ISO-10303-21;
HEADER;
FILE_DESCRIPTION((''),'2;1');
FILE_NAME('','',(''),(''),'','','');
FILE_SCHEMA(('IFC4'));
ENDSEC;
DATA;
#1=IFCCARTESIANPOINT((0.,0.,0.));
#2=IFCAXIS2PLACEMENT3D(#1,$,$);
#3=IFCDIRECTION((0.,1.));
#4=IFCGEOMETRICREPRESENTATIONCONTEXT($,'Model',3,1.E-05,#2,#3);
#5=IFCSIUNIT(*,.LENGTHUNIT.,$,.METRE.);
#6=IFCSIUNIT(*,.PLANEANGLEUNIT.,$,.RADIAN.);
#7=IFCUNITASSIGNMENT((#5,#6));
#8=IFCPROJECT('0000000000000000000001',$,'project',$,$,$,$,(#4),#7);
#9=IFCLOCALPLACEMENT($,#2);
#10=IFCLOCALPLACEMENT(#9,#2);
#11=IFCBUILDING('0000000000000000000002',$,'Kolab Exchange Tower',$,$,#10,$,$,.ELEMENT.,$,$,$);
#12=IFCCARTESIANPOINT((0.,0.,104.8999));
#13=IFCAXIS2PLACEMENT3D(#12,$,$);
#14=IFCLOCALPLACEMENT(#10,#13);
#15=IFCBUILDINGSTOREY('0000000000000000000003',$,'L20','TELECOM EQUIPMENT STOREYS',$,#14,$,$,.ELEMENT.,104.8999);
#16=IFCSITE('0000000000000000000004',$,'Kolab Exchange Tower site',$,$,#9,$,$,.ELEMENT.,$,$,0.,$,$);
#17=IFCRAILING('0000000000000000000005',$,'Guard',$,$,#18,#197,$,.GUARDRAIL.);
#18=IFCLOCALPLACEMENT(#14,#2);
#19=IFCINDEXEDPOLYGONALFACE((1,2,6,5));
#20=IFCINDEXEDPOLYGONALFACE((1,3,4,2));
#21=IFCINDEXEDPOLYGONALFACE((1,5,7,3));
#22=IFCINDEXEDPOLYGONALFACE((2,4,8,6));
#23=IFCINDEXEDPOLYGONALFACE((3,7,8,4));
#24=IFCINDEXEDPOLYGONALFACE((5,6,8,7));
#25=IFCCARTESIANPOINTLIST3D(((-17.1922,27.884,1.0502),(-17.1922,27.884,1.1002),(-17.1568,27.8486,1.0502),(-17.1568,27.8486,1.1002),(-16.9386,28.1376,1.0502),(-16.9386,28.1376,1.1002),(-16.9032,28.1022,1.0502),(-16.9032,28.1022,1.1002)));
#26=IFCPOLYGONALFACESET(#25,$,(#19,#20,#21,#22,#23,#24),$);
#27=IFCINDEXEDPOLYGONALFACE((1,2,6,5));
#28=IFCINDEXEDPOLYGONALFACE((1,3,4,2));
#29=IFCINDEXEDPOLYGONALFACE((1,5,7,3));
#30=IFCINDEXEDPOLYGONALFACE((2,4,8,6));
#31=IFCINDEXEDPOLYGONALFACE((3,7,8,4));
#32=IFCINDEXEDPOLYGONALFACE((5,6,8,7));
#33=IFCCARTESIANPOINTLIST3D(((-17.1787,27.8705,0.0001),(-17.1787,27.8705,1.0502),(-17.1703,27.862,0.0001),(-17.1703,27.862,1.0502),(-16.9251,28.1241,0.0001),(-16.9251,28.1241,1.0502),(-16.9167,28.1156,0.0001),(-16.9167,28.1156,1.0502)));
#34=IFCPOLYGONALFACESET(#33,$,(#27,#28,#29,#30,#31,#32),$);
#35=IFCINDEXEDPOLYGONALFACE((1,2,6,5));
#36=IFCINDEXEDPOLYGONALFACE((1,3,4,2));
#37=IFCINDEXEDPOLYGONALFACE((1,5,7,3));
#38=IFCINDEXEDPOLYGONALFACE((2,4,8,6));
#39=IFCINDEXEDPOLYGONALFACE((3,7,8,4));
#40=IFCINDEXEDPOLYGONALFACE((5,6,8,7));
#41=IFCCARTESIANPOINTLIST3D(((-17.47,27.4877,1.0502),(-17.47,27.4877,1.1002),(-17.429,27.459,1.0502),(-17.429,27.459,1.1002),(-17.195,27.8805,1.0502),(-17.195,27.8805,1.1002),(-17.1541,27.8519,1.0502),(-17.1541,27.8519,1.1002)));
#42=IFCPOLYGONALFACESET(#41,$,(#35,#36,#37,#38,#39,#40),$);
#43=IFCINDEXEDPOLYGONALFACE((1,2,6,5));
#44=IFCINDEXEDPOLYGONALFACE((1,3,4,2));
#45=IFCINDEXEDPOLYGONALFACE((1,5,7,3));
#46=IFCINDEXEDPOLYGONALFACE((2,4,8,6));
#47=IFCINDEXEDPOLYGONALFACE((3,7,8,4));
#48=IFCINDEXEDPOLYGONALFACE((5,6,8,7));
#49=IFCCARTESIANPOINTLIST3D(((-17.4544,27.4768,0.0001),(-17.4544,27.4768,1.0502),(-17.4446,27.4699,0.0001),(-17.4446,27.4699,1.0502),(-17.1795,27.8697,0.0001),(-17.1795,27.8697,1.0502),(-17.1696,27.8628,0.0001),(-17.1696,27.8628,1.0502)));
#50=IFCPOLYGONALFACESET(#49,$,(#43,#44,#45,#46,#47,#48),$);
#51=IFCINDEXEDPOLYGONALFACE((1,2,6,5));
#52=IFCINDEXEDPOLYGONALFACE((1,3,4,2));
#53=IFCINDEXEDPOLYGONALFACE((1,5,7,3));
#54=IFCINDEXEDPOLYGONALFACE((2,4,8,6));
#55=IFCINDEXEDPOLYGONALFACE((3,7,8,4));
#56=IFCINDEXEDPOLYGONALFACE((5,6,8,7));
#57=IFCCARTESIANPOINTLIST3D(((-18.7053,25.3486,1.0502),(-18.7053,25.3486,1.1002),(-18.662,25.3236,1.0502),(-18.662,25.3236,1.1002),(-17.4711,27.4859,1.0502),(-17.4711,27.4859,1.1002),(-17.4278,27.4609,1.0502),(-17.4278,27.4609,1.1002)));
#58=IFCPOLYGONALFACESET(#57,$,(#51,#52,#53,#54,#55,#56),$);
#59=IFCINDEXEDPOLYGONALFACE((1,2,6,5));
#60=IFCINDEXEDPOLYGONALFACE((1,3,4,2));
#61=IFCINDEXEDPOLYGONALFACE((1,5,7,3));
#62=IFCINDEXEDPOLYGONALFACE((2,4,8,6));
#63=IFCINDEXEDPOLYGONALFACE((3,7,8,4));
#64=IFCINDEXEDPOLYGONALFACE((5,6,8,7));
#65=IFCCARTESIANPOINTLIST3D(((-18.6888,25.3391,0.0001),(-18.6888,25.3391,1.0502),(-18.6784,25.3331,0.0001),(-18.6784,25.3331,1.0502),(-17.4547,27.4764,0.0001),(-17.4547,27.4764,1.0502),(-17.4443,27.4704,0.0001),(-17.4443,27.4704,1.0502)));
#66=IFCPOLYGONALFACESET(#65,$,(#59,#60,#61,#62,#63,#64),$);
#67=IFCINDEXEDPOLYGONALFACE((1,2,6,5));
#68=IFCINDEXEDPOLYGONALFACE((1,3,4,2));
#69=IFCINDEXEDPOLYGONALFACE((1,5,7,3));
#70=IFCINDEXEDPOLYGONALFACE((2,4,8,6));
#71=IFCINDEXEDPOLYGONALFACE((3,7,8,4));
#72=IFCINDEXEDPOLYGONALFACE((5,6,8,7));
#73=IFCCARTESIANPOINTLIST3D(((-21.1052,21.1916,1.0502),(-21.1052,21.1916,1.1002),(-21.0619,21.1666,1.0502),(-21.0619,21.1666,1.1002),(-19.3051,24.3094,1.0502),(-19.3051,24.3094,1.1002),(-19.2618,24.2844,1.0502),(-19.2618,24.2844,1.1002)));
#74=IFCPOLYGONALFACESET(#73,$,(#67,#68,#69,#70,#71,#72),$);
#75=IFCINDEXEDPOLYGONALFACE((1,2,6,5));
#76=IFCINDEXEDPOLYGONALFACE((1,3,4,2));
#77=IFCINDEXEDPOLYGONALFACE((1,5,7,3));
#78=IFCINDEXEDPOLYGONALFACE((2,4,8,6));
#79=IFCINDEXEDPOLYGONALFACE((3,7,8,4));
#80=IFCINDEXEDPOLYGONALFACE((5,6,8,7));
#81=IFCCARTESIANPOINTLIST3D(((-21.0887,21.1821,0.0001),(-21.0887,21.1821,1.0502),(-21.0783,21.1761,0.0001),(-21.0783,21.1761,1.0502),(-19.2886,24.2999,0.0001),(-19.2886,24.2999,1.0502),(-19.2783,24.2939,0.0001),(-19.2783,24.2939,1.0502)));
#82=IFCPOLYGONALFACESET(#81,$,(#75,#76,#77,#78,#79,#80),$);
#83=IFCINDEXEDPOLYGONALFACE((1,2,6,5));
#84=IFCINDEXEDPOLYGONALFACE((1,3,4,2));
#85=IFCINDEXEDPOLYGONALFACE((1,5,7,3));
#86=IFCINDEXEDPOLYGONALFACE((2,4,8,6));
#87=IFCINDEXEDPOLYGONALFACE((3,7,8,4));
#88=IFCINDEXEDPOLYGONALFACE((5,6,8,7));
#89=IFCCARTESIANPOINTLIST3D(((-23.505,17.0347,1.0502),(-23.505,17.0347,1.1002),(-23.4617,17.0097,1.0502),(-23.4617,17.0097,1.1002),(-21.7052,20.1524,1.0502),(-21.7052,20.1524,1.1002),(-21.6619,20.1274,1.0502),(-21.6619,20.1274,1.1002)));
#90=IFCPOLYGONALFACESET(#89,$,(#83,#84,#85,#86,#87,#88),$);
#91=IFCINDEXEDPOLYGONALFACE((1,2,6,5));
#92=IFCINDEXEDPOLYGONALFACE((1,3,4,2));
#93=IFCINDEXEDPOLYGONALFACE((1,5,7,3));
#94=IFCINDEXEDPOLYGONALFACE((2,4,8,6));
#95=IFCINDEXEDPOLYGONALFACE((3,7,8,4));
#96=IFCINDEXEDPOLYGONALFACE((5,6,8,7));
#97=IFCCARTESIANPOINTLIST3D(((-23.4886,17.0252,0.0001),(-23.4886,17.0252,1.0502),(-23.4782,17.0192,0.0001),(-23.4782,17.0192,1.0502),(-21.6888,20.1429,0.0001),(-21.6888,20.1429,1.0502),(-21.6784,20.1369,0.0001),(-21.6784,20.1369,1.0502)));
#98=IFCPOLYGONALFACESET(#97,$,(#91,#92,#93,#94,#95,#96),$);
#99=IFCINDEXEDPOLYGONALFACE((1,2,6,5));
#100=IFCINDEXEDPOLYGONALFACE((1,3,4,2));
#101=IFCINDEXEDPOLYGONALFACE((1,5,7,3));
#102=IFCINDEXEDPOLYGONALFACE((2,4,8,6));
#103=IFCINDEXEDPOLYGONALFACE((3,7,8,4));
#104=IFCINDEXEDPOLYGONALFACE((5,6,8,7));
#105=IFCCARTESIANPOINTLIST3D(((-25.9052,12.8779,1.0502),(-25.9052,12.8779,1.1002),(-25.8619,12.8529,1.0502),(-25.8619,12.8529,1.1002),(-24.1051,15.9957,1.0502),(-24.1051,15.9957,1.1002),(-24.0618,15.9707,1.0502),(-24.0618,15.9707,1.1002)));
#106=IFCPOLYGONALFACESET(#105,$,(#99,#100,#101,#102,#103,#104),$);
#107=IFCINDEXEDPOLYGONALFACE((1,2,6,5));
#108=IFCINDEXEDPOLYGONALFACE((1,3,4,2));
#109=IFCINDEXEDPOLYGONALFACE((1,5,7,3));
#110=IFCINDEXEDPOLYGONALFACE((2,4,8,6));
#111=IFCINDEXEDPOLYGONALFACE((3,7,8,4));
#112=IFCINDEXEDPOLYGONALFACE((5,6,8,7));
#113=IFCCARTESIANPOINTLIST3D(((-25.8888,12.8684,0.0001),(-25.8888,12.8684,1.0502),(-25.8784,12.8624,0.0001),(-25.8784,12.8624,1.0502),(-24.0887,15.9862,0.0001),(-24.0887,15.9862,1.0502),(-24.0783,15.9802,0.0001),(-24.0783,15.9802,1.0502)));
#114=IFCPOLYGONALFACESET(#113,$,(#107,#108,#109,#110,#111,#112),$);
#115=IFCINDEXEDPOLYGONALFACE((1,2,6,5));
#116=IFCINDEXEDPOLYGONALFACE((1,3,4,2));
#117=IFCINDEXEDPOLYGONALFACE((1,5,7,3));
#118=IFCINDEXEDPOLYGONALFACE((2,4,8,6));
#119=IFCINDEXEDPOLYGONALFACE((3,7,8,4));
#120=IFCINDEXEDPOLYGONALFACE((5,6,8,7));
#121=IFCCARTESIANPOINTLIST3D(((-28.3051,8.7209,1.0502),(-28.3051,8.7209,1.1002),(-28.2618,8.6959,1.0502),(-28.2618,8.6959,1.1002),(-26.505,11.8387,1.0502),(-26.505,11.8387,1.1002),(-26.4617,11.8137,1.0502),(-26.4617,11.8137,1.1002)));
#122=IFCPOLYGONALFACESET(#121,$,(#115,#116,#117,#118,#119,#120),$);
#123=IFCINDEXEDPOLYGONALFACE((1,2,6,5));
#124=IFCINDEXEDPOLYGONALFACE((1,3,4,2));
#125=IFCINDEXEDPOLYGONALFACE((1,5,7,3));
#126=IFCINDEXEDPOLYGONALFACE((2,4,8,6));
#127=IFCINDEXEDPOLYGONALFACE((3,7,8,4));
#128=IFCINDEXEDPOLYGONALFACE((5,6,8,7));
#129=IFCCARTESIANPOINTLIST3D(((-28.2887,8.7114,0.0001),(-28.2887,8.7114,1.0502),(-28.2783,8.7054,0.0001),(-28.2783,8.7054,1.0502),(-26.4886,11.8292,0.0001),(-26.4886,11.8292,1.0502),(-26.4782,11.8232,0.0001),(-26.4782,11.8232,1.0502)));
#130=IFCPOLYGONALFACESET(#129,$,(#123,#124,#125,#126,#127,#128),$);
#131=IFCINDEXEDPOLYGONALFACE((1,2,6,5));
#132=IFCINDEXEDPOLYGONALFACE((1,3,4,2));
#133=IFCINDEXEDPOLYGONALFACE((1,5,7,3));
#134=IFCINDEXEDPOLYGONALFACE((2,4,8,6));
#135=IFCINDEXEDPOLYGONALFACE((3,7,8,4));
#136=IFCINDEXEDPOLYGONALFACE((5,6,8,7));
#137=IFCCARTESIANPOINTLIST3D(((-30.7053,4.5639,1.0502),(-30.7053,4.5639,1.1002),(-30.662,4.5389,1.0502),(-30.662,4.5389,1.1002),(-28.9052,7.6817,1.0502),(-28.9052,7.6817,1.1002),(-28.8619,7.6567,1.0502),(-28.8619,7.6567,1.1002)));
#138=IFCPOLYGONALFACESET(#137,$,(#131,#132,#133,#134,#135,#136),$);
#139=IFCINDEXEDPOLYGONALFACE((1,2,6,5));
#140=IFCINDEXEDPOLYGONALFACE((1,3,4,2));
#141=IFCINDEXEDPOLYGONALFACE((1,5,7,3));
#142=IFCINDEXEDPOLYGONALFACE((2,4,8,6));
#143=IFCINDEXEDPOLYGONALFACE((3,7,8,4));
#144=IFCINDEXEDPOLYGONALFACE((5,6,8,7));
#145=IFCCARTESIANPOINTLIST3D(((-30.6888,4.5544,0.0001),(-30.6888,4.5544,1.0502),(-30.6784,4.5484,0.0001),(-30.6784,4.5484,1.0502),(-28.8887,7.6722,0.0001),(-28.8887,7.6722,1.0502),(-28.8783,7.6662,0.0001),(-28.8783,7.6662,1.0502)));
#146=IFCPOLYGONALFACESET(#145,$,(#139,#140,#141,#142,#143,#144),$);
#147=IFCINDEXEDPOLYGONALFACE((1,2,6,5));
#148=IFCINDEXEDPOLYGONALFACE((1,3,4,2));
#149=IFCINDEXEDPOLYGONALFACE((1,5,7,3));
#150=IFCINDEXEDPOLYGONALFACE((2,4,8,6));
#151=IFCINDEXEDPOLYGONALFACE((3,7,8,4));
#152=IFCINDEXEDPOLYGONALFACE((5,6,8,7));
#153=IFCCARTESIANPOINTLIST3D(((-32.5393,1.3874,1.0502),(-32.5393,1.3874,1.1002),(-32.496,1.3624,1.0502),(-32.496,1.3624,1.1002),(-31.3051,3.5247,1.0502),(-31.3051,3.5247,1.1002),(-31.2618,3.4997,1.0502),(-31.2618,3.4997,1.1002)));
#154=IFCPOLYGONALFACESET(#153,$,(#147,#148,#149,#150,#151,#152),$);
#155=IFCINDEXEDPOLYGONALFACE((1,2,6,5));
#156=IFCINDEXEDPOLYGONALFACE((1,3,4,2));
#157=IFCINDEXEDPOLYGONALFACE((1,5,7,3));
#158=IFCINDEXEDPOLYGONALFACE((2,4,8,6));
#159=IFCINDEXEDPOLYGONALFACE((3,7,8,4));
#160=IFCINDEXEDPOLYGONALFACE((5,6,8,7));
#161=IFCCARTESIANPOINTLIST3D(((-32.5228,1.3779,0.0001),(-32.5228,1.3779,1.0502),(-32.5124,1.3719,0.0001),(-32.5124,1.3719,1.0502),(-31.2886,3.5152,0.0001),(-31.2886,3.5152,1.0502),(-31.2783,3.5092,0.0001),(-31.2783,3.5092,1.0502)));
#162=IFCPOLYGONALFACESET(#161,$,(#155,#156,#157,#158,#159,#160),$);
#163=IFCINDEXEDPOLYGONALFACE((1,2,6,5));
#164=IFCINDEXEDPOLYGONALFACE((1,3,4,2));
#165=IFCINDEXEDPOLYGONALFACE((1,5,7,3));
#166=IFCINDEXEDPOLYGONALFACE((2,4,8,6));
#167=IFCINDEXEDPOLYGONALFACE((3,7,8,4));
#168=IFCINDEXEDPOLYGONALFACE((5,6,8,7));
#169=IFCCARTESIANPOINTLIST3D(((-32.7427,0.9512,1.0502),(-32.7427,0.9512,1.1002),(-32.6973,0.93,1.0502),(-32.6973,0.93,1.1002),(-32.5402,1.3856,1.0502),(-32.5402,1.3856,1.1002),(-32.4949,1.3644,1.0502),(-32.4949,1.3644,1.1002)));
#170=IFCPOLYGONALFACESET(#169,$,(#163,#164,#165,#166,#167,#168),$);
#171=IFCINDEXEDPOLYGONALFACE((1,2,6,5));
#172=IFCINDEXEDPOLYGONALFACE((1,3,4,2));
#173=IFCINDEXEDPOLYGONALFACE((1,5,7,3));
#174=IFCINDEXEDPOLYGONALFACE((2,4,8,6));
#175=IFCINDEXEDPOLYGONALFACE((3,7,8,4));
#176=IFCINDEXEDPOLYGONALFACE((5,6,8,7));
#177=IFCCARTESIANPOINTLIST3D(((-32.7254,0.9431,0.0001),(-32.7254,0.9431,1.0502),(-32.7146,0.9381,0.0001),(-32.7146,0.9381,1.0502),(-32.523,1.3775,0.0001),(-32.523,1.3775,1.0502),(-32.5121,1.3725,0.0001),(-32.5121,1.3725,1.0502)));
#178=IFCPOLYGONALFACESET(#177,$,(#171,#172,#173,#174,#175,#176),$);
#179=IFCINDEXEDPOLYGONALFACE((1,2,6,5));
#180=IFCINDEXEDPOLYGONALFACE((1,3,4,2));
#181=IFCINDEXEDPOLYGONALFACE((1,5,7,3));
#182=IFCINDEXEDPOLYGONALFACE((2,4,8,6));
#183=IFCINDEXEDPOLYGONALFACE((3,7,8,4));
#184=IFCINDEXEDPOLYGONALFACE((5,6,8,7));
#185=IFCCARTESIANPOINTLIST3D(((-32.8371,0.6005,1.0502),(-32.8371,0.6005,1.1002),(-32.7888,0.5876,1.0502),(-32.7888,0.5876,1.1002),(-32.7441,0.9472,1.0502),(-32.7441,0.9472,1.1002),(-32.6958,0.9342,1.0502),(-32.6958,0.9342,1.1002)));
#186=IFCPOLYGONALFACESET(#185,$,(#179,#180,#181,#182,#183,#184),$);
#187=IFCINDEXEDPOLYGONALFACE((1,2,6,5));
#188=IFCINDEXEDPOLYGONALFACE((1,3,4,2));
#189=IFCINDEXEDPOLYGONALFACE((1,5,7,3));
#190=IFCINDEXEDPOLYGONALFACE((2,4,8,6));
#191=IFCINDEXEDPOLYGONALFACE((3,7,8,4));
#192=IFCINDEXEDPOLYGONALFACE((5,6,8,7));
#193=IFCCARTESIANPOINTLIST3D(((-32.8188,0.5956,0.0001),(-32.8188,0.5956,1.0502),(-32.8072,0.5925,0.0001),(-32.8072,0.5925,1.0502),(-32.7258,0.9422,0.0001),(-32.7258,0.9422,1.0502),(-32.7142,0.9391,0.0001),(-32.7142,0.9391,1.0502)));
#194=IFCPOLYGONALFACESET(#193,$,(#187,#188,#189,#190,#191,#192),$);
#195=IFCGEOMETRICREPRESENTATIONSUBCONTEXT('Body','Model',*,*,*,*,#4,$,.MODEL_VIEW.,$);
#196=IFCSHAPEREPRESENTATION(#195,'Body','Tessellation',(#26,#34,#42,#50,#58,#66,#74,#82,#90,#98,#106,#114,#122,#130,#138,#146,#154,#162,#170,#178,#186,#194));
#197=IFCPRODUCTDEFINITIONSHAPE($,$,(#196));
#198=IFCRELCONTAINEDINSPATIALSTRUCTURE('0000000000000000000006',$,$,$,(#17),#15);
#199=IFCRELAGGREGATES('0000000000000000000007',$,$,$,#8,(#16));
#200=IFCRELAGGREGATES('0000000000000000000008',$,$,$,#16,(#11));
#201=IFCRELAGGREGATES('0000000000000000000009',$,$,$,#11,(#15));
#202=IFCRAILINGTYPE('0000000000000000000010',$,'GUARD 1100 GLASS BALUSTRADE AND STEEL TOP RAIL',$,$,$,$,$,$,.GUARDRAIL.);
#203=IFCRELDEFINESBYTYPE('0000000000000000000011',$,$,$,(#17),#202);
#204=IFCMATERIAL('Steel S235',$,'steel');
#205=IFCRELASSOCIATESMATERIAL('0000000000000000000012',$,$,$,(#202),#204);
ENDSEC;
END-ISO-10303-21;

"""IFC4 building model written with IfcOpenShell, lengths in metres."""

from ifc_helpers import new_model, si_unit, direction, frame, frame_2d, origin, origin_2d, place, context, subcontext, project, spatial, rectangle, extrude, material, type_object, element, save


model = new_model("IFC4")

# Units and contexts
model_context = context("Model", 3, precision=1e-05, world=origin(), true_north=direction((0.0, 1.0)))
body_context = subcontext(model_context, "Body", "Model", "MODEL_VIEW")
ifc_project = project(units=[si_unit("LENGTHUNIT", "METRE"), si_unit("PLANEANGLEUNIT", "RADIAN")], contexts=[model_context])

# Site, building, storey
site_placement = place(None, origin())
site = spatial("IfcSite", under=ifc_project, at=site_placement, Name="Kolab Exchange Tower site", CompositionType="ELEMENT", RefElevation=0.0)
building_placement = place(site_placement, origin())
building = spatial("IfcBuilding", under=site, at=building_placement, Name="Kolab Exchange Tower", CompositionType="ELEMENT")
storey_placement = place(building_placement, frame((0.0, 0.0, 104.8999)))
storey = spatial("IfcBuildingStorey", under=building, at=storey_placement, Name="L20", Description="TELECOM EQUIPMENT STOREYS", CompositionType="ELEMENT", Elevation=104.8999)

# Railing
ifc_material_1 = material(Name="Steel S235", Category="steel")
railing_type = type_object("IfcRailingType", Name="GUARD 1100 GLASS BALUSTRADE AND STEEL TOP RAIL", PredefinedType="GUARDRAIL", material=ifc_material_1)
railing_placement = place(storey_placement, frame((-16.9209, 28.1199, 0.0)))
element("IfcRailing", 1, at=railing_placement, inside=storey, type_object=railing_type, Name="Guard", PredefinedType="GUARDRAIL", context=body_context, shape_type="SweptSolid", body=[
    extrude(rectangle(XDim=0.05, YDim=0.05, at=origin_2d()), frame((0.0, 0.0, 1.0752), z_axis=(-0.707107, -0.707107, 0.0), x_axis=(0.707107, -0.707107, 0.0)), (0.0, 0.0, 1.0), 0.3586),
    extrude(rectangle(XDim=0.012, YDim=1.0501, at=frame_2d((0.0, 0.5251))), frame((0.0, 0.0, 0.0), z_axis=(-0.707107, -0.707107, 0.0), x_axis=(0.707107, -0.707107, 0.0)), (0.0, 0.0, 1.0), 0.3586),
    extrude(rectangle(XDim=0.05, YDim=0.05, at=origin_2d()), frame((-0.2537, -0.2537, 1.0752), z_axis=(-0.57336, -0.819304, 0.0), x_axis=(0.819304, -0.57336, 0.0)), (0.0, 0.0, 1.0), 0.4795),
    extrude(rectangle(XDim=0.012, YDim=1.0501, at=frame_2d((0.0, 0.5251))), frame((-0.2537, -0.2537, 0.0), z_axis=(-0.57336, -0.819304, 0.0), x_axis=(0.819304, -0.57336, 0.0)), (0.0, 0.0, 1.0), 0.4795),
    extrude(rectangle(XDim=0.05, YDim=0.05, at=origin_2d()), frame((-0.5286, -0.6465, 1.0752), z_axis=(-0.500065, -0.865988, 0.0), x_axis=(0.865988, -0.500065, 0.0)), (0.0, 0.0, 1.0), 2.468),
    extrude(rectangle(XDim=0.012, YDim=1.0501, at=frame_2d((0.0, 0.5251))), frame((-0.5286, -0.6465, 0.0), z_axis=(-0.500065, -0.865988, 0.0), x_axis=(0.865988, -0.500065, 0.0)), (0.0, 0.0, 1.0), 2.468),
    extrude(rectangle(XDim=0.05, YDim=0.05, at=origin_2d()), frame((-2.3625, -3.823, 1.0752), z_axis=(-0.500012, -0.866018, 0.0), x_axis=(0.866018, -0.500012, 0.0)), (0.0, 0.0, 1.0), 3.6001),
    extrude(rectangle(XDim=0.012, YDim=1.0501, at=frame_2d((0.0, 0.5251))), frame((-2.3625, -3.823, 0.0), z_axis=(-0.500012, -0.866018, 0.0), x_axis=(0.866018, -0.500012, 0.0)), (0.0, 0.0, 1.0), 3.6001),
    extrude(rectangle(XDim=0.05, YDim=0.05, at=origin_2d()), frame((-4.7627, -7.98, 1.0752), z_axis=(-0.499961, -0.866048, 0.0), x_axis=(0.866048, -0.499961, 0.0)), (0.0, 0.0, 1.0), 3.5999),
    extrude(rectangle(XDim=0.012, YDim=1.0501, at=frame_2d((0.0, 0.5251))), frame((-4.7627, -7.98, 0.0), z_axis=(-0.499961, -0.866048, 0.0), x_axis=(0.866048, -0.499961, 0.0)), (0.0, 0.0, 1.0), 3.5999),
    extrude(rectangle(XDim=0.05, YDim=0.05, at=origin_2d()), frame((-7.1626, -12.1367, 1.0752), z_axis=(-0.500012, -0.866018, 0.0), x_axis=(0.866018, -0.500012, 0.0)), (0.0, 0.0, 1.0), 3.6001),
    extrude(rectangle(XDim=0.012, YDim=1.0501, at=frame_2d((0.0, 0.5251))), frame((-7.1626, -12.1367, 0.0), z_axis=(-0.500012, -0.866018, 0.0), x_axis=(0.866018, -0.500012, 0.0)), (0.0, 0.0, 1.0), 3.6001),
    extrude(rectangle(XDim=0.05, YDim=0.05, at=origin_2d()), frame((-9.5625, -16.2937, 1.0752), z_axis=(-0.500012, -0.866018, 0.0), x_axis=(0.866018, -0.500012, 0.0)), (0.0, 0.0, 1.0), 3.6001),
    extrude(rectangle(XDim=0.012, YDim=1.0501, at=frame_2d((0.0, 0.5251))), frame((-9.5625, -16.2937, 0.0), z_axis=(-0.500012, -0.866018, 0.0), x_axis=(0.866018, -0.500012, 0.0)), (0.0, 0.0, 1.0), 3.6001),
    extrude(rectangle(XDim=0.05, YDim=0.05, at=origin_2d()), frame((-11.9626, -20.4507, 1.0752), z_axis=(-0.500012, -0.866018, 0.0), x_axis=(0.866018, -0.500012, 0.0)), (0.0, 0.0, 1.0), 3.6001),
    extrude(rectangle(XDim=0.012, YDim=1.0501, at=frame_2d((0.0, 0.5251))), frame((-11.9626, -20.4507, 0.0), z_axis=(-0.500012, -0.866018, 0.0), x_axis=(0.866018, -0.500012, 0.0)), (0.0, 0.0, 1.0), 3.6001),
    extrude(rectangle(XDim=0.05, YDim=0.05, at=origin_2d()), frame((-14.3625, -24.6077, 1.0752), z_axis=(-0.500065, -0.865988, 0.0), x_axis=(0.865988, -0.500065, 0.0)), (0.0, 0.0, 1.0), 2.468),
    extrude(rectangle(XDim=0.012, YDim=1.0501, at=frame_2d((0.0, 0.5251))), frame((-14.3625, -24.6077, 0.0), z_axis=(-0.500065, -0.865988, 0.0), x_axis=(0.865988, -0.500065, 0.0)), (0.0, 0.0, 1.0), 2.468),
    extrude(rectangle(XDim=0.05, YDim=0.05, at=origin_2d()), frame((-15.5967, -26.7449, 1.0752), z_axis=(-0.422383, -0.906417, 0.0), x_axis=(0.906417, -0.422383, 0.0)), (0.0, 0.0, 1.0), 0.4792),
    extrude(rectangle(XDim=0.012, YDim=1.0501, at=frame_2d((0.0, 0.5251))), frame((-15.5967, -26.7449, 0.0), z_axis=(-0.422383, -0.906417, 0.0), x_axis=(0.906417, -0.422383, 0.0)), (0.0, 0.0, 1.0), 0.4792),
    extrude(rectangle(XDim=0.05, YDim=0.05, at=origin_2d()), frame((-15.7991, -27.1792, 1.0752), z_axis=(-0.259144, -0.965839, 0.0), x_axis=(0.965839, -0.259144, 0.0)), (0.0, 0.0, 1.0), 0.3589),
    extrude(rectangle(XDim=0.012, YDim=1.0501, at=frame_2d((0.0, 0.5251))), frame((-15.7991, -27.1792, 0.0), z_axis=(-0.259144, -0.965839, 0.0), x_axis=(0.965839, -0.259144, 0.0)), (0.0, 0.0, 1.0), 0.3589),
])

save(model, "model.ifc")
